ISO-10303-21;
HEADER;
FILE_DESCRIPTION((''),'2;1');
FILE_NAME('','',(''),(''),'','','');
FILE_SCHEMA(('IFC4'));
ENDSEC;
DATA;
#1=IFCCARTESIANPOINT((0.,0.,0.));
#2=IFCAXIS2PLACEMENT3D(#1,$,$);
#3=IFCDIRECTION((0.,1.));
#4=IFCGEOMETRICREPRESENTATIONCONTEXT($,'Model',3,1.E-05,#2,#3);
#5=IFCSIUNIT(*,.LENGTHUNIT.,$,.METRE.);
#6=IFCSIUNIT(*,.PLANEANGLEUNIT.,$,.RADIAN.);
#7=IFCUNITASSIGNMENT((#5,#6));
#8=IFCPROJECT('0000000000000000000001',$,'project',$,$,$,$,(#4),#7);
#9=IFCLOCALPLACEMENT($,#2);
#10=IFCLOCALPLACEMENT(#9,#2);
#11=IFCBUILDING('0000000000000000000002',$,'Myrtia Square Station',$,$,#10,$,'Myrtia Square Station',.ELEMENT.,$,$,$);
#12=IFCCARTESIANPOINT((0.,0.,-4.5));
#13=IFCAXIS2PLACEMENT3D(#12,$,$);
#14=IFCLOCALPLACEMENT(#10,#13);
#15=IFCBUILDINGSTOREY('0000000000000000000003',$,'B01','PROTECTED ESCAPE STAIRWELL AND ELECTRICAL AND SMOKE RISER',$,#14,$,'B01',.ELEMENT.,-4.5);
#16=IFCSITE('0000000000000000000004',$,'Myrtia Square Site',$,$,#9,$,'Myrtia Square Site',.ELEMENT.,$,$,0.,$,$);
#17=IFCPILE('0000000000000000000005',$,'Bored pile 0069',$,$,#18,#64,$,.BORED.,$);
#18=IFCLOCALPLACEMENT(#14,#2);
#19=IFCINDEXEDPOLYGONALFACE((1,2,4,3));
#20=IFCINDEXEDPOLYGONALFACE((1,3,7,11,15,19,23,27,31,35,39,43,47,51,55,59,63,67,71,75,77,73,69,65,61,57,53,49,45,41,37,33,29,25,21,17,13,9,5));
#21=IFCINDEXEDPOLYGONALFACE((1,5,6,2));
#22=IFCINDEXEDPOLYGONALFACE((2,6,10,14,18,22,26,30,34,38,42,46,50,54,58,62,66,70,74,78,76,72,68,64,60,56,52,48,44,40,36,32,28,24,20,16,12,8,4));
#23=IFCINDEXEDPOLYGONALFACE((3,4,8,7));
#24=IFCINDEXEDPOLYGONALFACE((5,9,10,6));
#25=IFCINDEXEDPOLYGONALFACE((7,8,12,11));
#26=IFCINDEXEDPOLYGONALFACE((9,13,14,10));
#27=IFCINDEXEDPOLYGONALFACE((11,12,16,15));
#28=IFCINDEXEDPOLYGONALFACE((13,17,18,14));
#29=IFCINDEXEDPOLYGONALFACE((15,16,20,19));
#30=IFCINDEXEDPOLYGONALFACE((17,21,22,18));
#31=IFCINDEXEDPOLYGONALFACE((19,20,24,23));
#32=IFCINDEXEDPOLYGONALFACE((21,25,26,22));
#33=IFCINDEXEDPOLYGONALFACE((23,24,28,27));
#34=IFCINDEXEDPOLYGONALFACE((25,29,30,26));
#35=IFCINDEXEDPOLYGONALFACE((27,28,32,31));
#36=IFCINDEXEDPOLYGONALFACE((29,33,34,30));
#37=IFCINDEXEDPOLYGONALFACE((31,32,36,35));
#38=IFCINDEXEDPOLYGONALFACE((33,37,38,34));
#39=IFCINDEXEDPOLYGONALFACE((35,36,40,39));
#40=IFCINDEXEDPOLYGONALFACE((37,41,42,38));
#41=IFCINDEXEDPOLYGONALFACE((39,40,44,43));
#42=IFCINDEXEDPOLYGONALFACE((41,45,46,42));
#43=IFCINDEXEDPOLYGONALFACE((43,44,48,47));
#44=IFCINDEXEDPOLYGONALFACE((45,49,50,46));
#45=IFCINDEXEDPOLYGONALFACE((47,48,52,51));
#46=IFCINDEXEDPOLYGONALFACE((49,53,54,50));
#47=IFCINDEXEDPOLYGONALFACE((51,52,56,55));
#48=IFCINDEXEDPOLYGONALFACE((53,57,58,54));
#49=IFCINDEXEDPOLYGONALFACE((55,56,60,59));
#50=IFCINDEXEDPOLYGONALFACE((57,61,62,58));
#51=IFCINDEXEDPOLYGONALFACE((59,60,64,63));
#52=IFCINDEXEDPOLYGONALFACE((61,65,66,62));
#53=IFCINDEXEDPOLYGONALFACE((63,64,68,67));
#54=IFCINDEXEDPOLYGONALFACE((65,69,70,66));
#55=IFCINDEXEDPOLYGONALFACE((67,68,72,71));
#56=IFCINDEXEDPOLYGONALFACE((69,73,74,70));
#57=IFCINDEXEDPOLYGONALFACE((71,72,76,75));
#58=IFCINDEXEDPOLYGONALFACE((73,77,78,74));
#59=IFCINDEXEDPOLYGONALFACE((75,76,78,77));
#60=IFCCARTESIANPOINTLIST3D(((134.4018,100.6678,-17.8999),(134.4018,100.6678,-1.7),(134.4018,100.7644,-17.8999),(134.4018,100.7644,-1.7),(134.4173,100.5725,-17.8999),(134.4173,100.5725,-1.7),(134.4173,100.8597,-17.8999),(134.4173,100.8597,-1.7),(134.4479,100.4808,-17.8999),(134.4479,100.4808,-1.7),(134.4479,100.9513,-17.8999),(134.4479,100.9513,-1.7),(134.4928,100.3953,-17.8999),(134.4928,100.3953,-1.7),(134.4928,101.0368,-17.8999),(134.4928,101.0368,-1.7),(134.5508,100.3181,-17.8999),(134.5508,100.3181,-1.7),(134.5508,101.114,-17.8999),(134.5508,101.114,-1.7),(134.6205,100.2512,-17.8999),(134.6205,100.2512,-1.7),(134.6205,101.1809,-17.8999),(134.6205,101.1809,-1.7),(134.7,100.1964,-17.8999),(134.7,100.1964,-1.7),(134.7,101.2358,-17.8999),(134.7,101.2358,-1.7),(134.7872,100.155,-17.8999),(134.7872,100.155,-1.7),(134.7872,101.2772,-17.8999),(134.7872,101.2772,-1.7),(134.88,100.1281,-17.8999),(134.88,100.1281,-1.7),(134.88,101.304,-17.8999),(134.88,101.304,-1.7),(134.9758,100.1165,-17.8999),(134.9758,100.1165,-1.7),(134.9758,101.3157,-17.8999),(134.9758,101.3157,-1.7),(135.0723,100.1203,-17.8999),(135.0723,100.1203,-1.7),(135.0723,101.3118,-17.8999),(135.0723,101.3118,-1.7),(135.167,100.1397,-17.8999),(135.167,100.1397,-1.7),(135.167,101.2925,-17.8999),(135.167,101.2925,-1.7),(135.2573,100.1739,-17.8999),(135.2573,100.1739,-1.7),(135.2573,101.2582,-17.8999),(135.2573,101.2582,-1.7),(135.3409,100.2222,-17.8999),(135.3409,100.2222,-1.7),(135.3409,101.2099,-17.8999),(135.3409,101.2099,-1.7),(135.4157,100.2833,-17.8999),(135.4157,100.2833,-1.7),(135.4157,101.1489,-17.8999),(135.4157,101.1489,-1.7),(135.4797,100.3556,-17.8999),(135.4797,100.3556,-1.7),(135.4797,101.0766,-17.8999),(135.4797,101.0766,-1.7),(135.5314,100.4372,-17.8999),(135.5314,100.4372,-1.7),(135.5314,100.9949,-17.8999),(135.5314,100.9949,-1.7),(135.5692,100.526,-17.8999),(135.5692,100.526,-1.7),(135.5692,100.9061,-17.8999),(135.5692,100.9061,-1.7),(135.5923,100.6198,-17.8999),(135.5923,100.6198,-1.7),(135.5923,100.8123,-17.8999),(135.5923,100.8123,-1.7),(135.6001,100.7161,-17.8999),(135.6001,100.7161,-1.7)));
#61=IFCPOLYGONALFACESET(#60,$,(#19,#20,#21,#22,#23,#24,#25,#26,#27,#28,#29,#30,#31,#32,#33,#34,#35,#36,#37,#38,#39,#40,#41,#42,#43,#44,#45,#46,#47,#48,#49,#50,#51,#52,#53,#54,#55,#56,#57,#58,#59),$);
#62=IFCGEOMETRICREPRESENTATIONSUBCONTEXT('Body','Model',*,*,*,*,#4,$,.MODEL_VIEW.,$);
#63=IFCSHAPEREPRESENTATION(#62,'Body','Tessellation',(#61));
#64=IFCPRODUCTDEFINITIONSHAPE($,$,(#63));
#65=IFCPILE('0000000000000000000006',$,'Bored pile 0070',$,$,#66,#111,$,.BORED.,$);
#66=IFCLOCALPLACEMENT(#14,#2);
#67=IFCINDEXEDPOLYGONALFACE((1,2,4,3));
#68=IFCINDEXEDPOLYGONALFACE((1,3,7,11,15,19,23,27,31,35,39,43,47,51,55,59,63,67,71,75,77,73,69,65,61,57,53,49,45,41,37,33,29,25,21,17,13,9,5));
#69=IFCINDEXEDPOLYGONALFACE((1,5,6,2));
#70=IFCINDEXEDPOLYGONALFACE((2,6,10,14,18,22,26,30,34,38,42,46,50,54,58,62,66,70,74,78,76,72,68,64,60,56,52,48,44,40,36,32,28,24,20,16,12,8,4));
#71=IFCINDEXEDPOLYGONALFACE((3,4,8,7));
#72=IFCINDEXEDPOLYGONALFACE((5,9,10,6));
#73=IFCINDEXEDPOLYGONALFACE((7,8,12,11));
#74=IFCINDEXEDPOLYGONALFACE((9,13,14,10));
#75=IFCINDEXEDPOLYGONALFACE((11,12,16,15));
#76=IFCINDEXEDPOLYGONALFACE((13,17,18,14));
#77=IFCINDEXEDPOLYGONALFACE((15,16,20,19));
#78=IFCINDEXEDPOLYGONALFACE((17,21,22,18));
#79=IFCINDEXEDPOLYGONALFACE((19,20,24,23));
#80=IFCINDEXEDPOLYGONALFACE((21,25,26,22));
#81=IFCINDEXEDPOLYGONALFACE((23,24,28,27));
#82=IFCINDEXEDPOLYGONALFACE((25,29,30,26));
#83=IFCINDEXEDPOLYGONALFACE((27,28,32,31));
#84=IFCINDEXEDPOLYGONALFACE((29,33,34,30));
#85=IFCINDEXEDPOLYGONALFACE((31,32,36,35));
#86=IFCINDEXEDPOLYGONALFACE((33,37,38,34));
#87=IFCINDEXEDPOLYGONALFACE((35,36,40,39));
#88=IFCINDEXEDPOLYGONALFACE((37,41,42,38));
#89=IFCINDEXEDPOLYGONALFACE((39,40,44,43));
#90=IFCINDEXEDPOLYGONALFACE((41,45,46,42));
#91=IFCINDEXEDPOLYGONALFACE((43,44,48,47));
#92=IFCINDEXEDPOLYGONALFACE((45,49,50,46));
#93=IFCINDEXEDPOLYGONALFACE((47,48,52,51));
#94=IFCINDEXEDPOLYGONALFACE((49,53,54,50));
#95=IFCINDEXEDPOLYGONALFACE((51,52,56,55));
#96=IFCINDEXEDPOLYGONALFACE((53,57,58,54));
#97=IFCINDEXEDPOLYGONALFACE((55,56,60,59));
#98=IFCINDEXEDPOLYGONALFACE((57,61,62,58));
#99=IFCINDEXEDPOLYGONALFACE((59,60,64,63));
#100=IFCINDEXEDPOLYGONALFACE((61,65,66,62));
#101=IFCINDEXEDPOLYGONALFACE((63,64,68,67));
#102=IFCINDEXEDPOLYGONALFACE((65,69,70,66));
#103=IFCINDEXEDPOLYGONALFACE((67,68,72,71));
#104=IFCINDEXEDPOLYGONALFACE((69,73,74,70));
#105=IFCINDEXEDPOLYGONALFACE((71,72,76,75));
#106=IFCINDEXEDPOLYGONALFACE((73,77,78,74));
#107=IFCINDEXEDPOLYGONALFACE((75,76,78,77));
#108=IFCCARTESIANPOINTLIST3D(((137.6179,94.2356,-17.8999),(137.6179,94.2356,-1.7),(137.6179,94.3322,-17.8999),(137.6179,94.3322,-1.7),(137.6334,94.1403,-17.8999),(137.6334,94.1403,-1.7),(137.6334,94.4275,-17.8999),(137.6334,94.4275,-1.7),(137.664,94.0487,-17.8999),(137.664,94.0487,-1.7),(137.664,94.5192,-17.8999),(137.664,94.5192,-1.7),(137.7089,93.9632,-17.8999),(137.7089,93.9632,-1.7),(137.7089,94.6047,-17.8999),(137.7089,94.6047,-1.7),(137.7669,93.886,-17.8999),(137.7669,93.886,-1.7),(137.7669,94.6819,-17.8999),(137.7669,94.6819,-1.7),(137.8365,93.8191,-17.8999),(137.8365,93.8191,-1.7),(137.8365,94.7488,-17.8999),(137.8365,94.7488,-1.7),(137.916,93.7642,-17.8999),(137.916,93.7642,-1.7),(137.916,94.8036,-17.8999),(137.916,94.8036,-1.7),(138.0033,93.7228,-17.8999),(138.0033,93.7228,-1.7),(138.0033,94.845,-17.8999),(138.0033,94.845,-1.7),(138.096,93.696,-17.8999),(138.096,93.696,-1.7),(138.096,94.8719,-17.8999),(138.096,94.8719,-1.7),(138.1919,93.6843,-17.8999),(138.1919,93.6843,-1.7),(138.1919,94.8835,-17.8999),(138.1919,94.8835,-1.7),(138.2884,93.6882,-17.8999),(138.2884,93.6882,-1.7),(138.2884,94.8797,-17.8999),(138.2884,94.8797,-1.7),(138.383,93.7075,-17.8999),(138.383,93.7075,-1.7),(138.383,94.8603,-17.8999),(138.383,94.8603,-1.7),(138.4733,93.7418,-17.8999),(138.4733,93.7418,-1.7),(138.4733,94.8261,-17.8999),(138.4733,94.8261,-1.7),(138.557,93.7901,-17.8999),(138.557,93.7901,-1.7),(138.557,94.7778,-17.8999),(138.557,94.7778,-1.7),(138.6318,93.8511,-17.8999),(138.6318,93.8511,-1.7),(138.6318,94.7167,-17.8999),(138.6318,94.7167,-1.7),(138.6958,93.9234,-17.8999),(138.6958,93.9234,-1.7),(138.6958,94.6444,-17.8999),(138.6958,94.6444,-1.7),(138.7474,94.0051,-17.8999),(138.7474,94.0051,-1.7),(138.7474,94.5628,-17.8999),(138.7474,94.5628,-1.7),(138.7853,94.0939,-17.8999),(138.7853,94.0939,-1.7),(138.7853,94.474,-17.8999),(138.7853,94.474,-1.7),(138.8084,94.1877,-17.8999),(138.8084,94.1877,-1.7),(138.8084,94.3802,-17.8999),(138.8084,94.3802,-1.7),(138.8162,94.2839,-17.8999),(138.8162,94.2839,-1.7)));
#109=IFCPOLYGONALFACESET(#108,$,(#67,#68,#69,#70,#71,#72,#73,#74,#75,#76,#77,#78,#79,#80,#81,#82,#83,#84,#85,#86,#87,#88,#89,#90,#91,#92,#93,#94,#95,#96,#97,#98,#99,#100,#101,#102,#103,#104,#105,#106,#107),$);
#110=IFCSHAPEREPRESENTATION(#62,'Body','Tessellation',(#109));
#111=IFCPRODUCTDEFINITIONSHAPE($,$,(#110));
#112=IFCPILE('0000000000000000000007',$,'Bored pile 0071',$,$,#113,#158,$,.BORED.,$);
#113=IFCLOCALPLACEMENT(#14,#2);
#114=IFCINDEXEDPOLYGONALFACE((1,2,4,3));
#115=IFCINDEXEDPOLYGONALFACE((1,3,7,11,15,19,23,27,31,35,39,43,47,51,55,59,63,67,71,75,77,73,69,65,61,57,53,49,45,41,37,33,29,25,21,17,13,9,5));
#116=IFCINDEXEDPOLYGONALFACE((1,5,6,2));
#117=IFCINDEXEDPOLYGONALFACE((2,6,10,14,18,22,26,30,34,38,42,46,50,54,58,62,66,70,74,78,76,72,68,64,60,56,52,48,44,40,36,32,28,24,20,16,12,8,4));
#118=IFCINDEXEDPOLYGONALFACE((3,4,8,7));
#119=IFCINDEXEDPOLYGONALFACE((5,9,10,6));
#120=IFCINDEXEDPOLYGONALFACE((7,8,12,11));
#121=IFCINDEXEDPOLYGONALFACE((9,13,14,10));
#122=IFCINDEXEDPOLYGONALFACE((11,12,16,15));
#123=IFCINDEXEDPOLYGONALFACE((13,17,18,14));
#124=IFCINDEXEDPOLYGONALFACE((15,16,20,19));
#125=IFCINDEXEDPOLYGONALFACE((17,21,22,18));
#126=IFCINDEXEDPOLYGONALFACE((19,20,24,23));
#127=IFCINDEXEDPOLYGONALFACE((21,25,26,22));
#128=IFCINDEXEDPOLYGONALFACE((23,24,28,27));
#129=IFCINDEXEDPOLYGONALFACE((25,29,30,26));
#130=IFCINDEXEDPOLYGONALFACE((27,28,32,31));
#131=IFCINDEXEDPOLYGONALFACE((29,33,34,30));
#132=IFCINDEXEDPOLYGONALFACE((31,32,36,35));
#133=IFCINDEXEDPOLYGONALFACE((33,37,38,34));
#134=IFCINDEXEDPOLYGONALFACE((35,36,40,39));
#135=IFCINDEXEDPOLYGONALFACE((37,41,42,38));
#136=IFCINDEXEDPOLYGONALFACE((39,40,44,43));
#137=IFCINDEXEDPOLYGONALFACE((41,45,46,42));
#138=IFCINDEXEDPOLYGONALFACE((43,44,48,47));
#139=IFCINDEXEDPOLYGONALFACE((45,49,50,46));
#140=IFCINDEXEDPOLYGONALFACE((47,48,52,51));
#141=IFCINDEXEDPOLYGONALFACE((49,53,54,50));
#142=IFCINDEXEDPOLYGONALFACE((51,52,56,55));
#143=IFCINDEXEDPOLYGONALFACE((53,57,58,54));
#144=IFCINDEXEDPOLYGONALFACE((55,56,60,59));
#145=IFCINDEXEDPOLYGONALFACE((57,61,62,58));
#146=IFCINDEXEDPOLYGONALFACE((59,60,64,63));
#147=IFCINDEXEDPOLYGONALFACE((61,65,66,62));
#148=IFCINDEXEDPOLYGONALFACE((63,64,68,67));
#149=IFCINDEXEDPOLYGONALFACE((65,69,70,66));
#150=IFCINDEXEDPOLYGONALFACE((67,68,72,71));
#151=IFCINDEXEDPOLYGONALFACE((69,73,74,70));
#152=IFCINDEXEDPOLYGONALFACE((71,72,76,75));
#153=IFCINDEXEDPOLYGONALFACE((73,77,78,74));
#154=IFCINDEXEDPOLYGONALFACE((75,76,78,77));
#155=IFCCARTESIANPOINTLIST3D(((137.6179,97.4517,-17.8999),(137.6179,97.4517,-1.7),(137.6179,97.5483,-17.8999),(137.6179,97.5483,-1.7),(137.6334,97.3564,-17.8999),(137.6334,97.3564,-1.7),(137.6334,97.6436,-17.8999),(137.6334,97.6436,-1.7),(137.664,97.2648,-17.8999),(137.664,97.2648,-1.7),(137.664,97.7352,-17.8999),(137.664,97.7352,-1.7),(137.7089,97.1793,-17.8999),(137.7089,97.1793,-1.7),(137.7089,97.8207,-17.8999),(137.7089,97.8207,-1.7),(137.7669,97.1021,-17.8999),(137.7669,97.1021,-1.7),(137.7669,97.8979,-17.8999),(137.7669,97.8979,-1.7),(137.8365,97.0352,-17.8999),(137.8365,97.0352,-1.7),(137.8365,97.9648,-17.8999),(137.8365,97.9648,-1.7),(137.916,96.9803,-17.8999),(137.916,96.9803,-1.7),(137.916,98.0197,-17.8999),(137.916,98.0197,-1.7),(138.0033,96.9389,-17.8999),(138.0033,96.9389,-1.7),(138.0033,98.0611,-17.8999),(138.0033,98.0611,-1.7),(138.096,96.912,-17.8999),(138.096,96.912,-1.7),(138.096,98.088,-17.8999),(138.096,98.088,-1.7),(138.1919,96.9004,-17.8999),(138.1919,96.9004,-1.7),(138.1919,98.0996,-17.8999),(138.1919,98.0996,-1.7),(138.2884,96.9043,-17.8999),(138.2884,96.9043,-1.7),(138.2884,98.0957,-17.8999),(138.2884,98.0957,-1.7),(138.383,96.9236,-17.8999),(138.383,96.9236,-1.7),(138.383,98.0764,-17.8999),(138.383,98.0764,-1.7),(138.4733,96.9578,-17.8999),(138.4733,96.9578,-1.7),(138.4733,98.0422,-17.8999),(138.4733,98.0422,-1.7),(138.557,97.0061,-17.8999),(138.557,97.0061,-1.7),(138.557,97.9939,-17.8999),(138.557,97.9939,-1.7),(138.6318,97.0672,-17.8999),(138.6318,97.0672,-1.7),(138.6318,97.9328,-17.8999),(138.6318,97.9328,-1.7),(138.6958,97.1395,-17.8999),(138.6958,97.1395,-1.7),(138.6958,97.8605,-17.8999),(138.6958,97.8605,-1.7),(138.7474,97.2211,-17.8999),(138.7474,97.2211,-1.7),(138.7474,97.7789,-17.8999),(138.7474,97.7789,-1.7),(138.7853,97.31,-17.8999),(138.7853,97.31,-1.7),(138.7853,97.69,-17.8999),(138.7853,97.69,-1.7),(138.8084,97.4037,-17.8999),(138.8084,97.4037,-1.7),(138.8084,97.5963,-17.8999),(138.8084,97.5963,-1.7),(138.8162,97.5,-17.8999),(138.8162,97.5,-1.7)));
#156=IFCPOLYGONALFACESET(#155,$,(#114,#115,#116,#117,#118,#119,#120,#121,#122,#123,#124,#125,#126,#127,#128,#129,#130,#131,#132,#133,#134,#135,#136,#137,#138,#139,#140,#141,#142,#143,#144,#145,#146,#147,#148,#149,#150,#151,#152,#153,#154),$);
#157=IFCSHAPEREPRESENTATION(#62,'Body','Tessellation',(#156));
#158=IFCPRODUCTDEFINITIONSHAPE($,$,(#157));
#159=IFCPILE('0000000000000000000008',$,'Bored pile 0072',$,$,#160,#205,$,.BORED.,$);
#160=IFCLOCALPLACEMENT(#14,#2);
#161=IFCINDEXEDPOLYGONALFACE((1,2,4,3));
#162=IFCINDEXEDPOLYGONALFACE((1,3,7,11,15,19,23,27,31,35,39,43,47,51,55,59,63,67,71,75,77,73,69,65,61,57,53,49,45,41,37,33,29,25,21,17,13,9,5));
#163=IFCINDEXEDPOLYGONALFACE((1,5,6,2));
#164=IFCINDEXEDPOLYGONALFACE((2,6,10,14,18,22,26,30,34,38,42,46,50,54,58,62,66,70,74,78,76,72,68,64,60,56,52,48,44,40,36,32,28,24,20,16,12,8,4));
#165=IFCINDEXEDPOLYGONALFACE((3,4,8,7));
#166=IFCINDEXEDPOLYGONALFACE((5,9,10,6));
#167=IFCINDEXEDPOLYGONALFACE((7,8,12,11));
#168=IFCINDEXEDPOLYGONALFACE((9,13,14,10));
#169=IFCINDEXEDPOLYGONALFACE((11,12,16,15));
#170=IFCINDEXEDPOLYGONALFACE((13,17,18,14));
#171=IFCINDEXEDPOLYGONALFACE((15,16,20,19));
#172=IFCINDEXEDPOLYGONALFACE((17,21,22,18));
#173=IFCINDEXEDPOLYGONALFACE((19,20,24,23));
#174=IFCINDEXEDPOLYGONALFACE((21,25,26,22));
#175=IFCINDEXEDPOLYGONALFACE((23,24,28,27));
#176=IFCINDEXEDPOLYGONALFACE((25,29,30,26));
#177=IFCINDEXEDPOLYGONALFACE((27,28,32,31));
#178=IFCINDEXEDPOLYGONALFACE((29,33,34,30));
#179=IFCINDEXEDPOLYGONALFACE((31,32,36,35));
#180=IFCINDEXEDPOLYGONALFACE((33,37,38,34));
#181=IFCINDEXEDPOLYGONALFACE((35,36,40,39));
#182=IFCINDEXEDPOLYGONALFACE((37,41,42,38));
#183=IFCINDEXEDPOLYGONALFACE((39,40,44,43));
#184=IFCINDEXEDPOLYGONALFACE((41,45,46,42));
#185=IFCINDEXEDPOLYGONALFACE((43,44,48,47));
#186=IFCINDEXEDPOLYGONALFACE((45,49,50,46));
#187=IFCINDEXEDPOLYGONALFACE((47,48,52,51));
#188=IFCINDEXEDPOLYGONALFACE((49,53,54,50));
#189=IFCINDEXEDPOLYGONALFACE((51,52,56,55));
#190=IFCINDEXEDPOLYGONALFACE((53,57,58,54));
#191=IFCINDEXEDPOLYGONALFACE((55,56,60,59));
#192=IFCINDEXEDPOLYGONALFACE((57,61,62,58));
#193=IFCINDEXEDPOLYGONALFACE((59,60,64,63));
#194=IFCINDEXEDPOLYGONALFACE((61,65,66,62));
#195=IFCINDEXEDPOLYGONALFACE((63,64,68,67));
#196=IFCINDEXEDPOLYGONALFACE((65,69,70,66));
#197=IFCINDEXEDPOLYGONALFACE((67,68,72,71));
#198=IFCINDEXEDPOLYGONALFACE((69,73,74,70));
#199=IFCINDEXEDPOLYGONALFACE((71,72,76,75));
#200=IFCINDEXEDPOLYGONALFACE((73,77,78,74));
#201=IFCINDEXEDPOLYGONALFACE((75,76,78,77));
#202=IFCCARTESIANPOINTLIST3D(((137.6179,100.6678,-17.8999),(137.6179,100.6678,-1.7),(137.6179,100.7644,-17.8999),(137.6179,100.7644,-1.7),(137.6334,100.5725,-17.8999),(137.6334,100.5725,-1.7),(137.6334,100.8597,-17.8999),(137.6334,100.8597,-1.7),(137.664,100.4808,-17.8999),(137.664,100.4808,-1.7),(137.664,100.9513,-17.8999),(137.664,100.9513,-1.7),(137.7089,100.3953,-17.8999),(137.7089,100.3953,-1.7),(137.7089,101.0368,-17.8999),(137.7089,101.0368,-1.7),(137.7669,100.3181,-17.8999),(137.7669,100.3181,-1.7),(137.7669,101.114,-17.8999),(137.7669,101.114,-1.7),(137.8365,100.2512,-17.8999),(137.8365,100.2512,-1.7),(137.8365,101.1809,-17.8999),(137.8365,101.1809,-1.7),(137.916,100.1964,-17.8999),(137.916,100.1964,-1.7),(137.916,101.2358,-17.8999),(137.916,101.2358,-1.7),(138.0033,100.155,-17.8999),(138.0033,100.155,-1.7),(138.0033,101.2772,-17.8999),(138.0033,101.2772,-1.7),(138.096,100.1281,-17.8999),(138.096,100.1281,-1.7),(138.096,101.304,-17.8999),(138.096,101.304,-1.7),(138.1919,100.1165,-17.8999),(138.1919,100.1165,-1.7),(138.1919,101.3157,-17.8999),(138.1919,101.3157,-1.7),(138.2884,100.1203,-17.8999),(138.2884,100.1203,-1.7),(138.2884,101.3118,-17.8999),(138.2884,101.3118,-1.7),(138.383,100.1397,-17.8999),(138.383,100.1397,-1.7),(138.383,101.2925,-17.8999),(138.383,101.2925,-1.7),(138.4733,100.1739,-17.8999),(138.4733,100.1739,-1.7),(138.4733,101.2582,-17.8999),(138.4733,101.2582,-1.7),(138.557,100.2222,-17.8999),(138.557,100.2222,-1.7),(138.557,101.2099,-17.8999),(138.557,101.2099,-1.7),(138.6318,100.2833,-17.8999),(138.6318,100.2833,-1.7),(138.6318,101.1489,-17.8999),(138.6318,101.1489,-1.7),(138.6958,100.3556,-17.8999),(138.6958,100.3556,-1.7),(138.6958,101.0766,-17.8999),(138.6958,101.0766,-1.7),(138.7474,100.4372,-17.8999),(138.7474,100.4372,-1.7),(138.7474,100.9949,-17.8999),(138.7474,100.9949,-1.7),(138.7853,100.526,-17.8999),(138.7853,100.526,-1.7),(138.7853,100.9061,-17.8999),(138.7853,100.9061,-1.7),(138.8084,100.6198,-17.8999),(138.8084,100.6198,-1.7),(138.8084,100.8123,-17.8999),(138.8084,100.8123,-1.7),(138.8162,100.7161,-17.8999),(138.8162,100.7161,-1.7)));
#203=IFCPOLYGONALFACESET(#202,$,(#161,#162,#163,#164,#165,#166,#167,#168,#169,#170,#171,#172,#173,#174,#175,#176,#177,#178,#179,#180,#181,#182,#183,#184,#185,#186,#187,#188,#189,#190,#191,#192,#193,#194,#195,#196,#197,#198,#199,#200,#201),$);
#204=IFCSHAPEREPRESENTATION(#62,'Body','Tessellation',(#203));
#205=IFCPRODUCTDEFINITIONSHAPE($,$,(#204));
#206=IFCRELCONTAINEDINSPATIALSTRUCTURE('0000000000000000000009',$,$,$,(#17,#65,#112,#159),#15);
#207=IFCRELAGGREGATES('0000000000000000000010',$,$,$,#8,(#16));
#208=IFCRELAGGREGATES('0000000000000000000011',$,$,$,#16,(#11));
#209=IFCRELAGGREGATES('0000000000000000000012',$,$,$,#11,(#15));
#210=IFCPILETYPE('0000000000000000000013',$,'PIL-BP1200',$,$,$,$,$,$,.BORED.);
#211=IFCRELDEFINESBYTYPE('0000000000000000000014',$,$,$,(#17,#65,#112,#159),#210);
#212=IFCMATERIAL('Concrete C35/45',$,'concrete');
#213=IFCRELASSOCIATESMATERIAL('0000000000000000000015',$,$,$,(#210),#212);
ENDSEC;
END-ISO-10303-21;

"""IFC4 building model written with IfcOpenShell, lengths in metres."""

from ifc_helpers import new_model, si_unit, direction, frame, origin, origin_2d, place, context, subcontext, project, spatial, circle, extrude, material, material_profile, profile_set, type_object, element, save


model = new_model("IFC4")

# Units and contexts
model_context = context("Model", 3, precision=1e-05, world=origin(), true_north=direction((0.0, 1.0)))
body_context = subcontext(model_context, "Body", "Model", "MODEL_VIEW")
ifc_project = project(units=[si_unit("LENGTHUNIT", "METRE"), si_unit("PLANEANGLEUNIT", "RADIAN")], contexts=[model_context])

# Site, building, storey
site_placement = place(None, origin())
site = spatial("IfcSite", under=ifc_project, at=site_placement, Name="Myrtia Square Site", LongName="Myrtia Square Site", CompositionType="ELEMENT", RefElevation=0.0)
building_placement = place(site_placement, origin())
building = spatial("IfcBuilding", under=site, at=building_placement, Name="Myrtia Square Station", LongName="Myrtia Square Station", CompositionType="ELEMENT")
storey_placement = place(building_placement, frame((0.0, 0.0, -4.5)))
storey = spatial("IfcBuildingStorey", under=building, at=storey_placement, Name="B01", Description="PROTECTED ESCAPE STAIRWELL AND ELECTRICAL AND SMOKE RISER", LongName="B01", CompositionType="ELEMENT", Elevation=-4.5)

# Shared definitions
ifc_material_1 = material(Name="Concrete C35/45", Category="concrete")

# Piles
ifc_material_profile_1 = material_profile(ifc_material_1, circle(Radius=0.6001, at=origin_2d()), Name="BP D1200")
ifc_profile_set_1 = profile_set([ifc_material_profile_1], Name="Concrete C35/45")
pile_type_1 = type_object("IfcPileType", Name="PIL-BP1200", PredefinedType="BORED", material=ifc_profile_set_1)
for number, where, z_axis, x_axis, name in (
    (1, (135.0, 100.7161, -1.7), (0.0, 0.0, -1.0), (1.0, 0.0, 0.0), "Bored pile 0069"),
    (2, (138.2161, 94.2839, -1.7), (0.0, 0.0, -1.0), (1.0, 0.0, 0.0), "Bored pile 0070"),
    (3, (138.2161, 97.5, -1.7), (0.0, 0.0, -1.0), (1.0, 0.0, 0.0), "Bored pile 0071"),
    (4, (138.2161, 100.7161, -1.7), (0.0, 0.0, -1.0), (1.0, 0.0, 0.0), "Bored pile 0072"),
):
    element("IfcPile", number, at=place(storey_placement, frame(where, z_axis=z_axis, x_axis=x_axis)), inside=storey, type_object=pile_type_1, Name=name, PredefinedType="BORED", context=body_context, shape_type="SweptSolid", body=[
        extrude(circle(Radius=0.6001, at=origin_2d()), origin(), (0.0, 0.0, 1.0), 16.2),
    ])

save(model, "model.ifc")
